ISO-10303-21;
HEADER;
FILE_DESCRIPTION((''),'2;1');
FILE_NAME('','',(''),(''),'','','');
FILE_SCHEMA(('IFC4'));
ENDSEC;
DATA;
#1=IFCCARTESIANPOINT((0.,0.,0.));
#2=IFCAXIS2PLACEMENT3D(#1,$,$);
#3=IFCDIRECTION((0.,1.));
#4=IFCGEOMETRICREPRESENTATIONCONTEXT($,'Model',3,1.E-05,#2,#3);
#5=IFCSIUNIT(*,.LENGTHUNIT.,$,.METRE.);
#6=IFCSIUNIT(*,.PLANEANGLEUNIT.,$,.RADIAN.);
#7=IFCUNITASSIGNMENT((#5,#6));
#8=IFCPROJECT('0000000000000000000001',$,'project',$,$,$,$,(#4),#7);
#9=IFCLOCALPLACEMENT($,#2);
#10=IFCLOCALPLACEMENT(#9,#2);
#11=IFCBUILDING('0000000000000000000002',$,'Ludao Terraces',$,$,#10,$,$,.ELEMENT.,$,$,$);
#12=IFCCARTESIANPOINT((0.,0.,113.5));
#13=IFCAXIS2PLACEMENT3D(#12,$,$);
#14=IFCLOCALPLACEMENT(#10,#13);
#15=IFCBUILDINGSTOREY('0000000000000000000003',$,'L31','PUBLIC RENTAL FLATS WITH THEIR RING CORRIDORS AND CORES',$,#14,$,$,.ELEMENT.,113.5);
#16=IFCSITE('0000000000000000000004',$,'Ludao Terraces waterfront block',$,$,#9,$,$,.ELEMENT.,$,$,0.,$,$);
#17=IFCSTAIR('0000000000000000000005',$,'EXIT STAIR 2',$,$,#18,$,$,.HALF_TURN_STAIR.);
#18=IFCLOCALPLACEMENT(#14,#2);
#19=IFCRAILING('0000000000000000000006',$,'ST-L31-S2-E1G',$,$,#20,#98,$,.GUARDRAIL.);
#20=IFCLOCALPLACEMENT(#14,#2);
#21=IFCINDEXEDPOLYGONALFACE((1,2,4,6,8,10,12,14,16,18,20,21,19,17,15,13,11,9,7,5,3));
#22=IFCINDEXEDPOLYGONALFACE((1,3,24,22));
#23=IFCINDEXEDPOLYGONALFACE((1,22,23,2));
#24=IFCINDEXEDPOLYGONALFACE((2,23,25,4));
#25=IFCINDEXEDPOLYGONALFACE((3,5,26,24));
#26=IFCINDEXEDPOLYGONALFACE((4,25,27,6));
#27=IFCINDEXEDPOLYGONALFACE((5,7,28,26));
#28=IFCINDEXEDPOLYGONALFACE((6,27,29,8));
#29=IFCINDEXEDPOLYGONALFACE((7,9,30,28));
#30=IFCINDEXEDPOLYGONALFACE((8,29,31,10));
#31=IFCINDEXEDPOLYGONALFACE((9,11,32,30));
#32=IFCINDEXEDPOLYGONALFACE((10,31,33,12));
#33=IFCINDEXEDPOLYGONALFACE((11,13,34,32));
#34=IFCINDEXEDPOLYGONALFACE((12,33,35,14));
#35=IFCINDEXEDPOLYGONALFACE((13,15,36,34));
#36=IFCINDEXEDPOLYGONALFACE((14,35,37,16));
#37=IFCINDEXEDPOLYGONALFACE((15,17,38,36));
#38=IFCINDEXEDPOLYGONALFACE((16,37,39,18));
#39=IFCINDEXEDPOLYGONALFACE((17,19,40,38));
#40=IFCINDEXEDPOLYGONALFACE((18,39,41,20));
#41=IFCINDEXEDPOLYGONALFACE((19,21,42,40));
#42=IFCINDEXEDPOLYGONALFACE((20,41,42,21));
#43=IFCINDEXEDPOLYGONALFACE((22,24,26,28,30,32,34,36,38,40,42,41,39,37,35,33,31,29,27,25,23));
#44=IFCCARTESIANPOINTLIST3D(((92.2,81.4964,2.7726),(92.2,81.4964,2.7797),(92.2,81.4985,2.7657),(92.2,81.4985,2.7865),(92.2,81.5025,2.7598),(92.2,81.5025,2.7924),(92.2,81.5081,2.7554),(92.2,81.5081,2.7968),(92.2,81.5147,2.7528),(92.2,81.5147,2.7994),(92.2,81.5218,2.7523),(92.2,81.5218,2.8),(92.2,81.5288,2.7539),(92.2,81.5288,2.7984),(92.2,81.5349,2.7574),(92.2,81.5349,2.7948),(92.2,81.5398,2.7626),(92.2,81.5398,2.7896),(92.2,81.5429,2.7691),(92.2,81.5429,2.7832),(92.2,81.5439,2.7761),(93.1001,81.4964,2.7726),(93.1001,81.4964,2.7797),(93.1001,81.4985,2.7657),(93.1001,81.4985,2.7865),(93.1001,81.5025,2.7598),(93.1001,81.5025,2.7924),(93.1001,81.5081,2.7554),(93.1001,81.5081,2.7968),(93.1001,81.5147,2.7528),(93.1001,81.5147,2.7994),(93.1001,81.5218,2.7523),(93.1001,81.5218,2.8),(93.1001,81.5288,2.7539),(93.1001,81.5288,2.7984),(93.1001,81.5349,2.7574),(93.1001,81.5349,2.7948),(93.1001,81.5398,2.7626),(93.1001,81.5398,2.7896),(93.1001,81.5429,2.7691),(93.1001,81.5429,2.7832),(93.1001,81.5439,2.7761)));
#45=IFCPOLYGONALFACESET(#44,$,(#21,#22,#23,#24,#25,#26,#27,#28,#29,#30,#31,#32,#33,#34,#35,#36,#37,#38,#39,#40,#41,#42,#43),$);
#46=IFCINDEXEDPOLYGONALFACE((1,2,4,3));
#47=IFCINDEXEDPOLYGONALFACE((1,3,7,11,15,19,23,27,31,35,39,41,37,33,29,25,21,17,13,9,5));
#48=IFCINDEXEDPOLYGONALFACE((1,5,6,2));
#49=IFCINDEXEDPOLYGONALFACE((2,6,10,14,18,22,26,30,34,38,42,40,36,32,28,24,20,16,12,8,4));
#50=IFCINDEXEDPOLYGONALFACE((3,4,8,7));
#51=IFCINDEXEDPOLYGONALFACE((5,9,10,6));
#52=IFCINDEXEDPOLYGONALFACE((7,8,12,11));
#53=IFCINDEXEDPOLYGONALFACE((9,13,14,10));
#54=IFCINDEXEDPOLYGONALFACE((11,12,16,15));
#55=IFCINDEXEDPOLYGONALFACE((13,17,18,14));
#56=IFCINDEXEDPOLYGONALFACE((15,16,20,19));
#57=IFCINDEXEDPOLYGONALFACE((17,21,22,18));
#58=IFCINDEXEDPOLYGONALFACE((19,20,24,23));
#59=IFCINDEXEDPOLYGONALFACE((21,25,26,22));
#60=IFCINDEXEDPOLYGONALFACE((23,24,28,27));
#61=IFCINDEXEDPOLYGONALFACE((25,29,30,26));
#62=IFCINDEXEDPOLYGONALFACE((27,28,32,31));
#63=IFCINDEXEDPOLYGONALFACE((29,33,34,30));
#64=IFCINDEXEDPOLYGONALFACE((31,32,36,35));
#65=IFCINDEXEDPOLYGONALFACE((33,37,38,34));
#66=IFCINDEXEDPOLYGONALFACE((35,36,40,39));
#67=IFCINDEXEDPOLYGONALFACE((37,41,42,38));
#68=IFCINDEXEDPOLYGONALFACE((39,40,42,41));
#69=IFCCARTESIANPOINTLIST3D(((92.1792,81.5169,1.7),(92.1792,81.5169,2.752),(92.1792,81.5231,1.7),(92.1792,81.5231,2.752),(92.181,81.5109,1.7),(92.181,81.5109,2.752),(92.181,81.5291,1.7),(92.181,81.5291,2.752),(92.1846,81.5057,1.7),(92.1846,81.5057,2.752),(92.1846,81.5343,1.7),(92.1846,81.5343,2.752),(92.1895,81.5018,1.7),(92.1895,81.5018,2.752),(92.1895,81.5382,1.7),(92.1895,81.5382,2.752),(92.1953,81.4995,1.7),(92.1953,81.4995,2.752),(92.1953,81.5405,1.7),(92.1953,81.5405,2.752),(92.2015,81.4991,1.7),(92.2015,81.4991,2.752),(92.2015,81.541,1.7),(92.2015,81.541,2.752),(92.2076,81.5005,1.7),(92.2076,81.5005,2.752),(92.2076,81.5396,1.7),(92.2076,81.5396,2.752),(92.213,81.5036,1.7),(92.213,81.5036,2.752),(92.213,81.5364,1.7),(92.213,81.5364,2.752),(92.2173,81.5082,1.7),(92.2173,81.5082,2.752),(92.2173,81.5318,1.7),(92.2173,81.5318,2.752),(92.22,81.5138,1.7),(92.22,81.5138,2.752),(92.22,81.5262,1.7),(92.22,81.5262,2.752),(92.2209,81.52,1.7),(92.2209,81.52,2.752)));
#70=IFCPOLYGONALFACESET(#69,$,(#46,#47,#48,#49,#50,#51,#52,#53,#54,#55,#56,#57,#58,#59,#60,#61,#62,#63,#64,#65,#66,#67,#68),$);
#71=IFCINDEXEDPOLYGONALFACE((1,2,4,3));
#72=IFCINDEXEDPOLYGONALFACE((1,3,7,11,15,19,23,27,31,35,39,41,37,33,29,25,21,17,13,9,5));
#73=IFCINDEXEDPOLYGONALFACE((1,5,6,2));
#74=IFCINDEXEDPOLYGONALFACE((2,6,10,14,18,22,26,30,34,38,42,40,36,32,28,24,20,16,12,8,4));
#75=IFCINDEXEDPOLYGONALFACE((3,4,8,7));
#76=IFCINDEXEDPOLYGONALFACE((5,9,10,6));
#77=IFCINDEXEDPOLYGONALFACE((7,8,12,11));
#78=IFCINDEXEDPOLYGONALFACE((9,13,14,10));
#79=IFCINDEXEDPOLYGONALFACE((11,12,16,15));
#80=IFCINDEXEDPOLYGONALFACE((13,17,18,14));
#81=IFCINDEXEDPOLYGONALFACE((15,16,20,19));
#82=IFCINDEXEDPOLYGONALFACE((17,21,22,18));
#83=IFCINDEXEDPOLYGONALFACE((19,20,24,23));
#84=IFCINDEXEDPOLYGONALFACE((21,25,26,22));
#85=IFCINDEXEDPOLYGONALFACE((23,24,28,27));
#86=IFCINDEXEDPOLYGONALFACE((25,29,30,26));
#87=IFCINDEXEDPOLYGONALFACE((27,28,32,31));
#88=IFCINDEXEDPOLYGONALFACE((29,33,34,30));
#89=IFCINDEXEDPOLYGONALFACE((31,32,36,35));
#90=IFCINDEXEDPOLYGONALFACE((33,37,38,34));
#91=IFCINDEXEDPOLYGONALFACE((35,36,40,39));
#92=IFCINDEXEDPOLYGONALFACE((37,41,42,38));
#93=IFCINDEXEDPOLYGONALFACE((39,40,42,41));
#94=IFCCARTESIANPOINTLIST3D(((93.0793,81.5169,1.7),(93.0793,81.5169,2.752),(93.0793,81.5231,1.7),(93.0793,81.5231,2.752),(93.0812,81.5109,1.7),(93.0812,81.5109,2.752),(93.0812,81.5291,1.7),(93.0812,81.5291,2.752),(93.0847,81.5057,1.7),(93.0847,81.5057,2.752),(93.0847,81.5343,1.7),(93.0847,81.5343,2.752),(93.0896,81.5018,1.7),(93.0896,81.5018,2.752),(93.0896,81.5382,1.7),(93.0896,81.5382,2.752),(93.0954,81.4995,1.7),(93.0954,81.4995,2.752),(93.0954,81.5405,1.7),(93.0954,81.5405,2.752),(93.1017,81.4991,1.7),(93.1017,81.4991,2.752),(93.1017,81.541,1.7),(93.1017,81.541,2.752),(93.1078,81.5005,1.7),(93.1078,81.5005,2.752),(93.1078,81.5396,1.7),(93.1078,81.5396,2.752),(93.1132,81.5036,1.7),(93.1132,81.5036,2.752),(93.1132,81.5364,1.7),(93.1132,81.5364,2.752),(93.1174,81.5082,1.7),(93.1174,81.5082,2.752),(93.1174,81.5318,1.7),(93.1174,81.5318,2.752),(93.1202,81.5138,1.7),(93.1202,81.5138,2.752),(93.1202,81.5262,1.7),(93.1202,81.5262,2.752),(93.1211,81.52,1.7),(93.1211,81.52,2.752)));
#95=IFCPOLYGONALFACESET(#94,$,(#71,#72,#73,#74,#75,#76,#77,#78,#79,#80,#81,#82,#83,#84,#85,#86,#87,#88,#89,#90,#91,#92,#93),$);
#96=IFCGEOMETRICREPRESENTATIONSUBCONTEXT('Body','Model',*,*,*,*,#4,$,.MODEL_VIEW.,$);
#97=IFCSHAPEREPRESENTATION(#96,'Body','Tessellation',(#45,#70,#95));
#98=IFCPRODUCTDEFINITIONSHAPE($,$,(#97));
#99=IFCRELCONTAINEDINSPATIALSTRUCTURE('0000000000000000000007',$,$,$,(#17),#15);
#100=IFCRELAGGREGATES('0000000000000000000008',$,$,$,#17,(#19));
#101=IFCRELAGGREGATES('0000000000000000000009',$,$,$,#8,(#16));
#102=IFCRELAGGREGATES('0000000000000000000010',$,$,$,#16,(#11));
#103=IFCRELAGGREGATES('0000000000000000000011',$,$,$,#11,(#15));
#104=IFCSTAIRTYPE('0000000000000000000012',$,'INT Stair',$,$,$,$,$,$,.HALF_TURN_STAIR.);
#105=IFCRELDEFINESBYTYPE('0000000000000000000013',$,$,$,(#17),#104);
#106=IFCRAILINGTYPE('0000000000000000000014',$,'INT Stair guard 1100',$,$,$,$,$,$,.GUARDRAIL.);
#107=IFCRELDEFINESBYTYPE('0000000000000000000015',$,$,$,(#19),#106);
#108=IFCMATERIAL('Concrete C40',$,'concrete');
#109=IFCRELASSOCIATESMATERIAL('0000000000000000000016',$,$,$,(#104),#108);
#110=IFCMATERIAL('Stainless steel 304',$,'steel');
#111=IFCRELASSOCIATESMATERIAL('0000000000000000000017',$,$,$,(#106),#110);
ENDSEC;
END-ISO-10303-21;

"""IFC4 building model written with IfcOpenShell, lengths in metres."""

from ifc_helpers import new_model, si_unit, direction, frame, origin, origin_2d, place, context, subcontext, project, spatial, circle, extrude, material, type_object, element, aggregate, save


model = new_model("IFC4")

# Units and contexts
model_context = context("Model", 3, precision=1e-05, world=origin(), true_north=direction((0.0, 1.0)))
body_context = subcontext(model_context, "Body", "Model", "MODEL_VIEW")
ifc_project = project(units=[si_unit("LENGTHUNIT", "METRE"), si_unit("PLANEANGLEUNIT", "RADIAN")], contexts=[model_context])

# Site, building, storey
site_placement = place(None, origin())
site = spatial("IfcSite", under=ifc_project, at=site_placement, Name="Ludao Terraces waterfront block", CompositionType="ELEMENT", RefElevation=0.0)
building_placement = place(site_placement, origin())
building = spatial("IfcBuilding", under=site, at=building_placement, Name="Ludao Terraces", CompositionType="ELEMENT")
storey_placement = place(building_placement, frame((0.0, 0.0, 113.5)))
storey = spatial("IfcBuildingStorey", under=building, at=storey_placement, Name="L31", Description="PUBLIC RENTAL FLATS WITH THEIR RING CORRIDORS AND CORES", CompositionType="ELEMENT", Elevation=113.5)

# Stair, railing
ifc_material_1 = material(Name="Concrete C40", Category="concrete")
stair_type = type_object("IfcStairType", Name="INT Stair", PredefinedType="HALF_TURN_STAIR", material=ifc_material_1)
stair_placement = place(storey_placement, origin())
stair = element("IfcStair", 1, at=stair_placement, inside=storey, type_object=stair_type, Name="EXIT STAIR 2", PredefinedType="HALF_TURN_STAIR")
ifc_material_2 = material(Name="Stainless steel 304", Category="steel")
railing_type_1 = type_object("IfcRailingType", Name="INT Stair guard 1100", PredefinedType="GUARDRAIL", material=ifc_material_2)
railing_1_placement = place(storey_placement, frame((92.2, 81.52, 1.7)))
railing_1 = element("IfcRailing", 2, at=railing_1_placement, type_object=railing_type_1, Name="ST-L31-S2-E1G", PredefinedType="GUARDRAIL", context=body_context, shape_type="SweptSolid", body=[
    extrude(circle(Radius=0.0239, at=origin_2d()), frame((0.0, 0.0, 1.0762), z_axis=(1.0, 0.0, 0.0), x_axis=(0.0, 1.0, 0.0)), (0.0, 0.0, 1.0), 0.9001),
    extrude(circle(Radius=0.021, at=origin_2d()), origin(), (0.0, 0.0, 1.0), 1.052),
    extrude(circle(Radius=0.021, at=origin_2d()), frame((0.9001, 0.0, 0.0)), (0.0, 0.0, 1.0), 1.052),
])
aggregate(stair, [railing_1])

save(model, "model.ifc")
